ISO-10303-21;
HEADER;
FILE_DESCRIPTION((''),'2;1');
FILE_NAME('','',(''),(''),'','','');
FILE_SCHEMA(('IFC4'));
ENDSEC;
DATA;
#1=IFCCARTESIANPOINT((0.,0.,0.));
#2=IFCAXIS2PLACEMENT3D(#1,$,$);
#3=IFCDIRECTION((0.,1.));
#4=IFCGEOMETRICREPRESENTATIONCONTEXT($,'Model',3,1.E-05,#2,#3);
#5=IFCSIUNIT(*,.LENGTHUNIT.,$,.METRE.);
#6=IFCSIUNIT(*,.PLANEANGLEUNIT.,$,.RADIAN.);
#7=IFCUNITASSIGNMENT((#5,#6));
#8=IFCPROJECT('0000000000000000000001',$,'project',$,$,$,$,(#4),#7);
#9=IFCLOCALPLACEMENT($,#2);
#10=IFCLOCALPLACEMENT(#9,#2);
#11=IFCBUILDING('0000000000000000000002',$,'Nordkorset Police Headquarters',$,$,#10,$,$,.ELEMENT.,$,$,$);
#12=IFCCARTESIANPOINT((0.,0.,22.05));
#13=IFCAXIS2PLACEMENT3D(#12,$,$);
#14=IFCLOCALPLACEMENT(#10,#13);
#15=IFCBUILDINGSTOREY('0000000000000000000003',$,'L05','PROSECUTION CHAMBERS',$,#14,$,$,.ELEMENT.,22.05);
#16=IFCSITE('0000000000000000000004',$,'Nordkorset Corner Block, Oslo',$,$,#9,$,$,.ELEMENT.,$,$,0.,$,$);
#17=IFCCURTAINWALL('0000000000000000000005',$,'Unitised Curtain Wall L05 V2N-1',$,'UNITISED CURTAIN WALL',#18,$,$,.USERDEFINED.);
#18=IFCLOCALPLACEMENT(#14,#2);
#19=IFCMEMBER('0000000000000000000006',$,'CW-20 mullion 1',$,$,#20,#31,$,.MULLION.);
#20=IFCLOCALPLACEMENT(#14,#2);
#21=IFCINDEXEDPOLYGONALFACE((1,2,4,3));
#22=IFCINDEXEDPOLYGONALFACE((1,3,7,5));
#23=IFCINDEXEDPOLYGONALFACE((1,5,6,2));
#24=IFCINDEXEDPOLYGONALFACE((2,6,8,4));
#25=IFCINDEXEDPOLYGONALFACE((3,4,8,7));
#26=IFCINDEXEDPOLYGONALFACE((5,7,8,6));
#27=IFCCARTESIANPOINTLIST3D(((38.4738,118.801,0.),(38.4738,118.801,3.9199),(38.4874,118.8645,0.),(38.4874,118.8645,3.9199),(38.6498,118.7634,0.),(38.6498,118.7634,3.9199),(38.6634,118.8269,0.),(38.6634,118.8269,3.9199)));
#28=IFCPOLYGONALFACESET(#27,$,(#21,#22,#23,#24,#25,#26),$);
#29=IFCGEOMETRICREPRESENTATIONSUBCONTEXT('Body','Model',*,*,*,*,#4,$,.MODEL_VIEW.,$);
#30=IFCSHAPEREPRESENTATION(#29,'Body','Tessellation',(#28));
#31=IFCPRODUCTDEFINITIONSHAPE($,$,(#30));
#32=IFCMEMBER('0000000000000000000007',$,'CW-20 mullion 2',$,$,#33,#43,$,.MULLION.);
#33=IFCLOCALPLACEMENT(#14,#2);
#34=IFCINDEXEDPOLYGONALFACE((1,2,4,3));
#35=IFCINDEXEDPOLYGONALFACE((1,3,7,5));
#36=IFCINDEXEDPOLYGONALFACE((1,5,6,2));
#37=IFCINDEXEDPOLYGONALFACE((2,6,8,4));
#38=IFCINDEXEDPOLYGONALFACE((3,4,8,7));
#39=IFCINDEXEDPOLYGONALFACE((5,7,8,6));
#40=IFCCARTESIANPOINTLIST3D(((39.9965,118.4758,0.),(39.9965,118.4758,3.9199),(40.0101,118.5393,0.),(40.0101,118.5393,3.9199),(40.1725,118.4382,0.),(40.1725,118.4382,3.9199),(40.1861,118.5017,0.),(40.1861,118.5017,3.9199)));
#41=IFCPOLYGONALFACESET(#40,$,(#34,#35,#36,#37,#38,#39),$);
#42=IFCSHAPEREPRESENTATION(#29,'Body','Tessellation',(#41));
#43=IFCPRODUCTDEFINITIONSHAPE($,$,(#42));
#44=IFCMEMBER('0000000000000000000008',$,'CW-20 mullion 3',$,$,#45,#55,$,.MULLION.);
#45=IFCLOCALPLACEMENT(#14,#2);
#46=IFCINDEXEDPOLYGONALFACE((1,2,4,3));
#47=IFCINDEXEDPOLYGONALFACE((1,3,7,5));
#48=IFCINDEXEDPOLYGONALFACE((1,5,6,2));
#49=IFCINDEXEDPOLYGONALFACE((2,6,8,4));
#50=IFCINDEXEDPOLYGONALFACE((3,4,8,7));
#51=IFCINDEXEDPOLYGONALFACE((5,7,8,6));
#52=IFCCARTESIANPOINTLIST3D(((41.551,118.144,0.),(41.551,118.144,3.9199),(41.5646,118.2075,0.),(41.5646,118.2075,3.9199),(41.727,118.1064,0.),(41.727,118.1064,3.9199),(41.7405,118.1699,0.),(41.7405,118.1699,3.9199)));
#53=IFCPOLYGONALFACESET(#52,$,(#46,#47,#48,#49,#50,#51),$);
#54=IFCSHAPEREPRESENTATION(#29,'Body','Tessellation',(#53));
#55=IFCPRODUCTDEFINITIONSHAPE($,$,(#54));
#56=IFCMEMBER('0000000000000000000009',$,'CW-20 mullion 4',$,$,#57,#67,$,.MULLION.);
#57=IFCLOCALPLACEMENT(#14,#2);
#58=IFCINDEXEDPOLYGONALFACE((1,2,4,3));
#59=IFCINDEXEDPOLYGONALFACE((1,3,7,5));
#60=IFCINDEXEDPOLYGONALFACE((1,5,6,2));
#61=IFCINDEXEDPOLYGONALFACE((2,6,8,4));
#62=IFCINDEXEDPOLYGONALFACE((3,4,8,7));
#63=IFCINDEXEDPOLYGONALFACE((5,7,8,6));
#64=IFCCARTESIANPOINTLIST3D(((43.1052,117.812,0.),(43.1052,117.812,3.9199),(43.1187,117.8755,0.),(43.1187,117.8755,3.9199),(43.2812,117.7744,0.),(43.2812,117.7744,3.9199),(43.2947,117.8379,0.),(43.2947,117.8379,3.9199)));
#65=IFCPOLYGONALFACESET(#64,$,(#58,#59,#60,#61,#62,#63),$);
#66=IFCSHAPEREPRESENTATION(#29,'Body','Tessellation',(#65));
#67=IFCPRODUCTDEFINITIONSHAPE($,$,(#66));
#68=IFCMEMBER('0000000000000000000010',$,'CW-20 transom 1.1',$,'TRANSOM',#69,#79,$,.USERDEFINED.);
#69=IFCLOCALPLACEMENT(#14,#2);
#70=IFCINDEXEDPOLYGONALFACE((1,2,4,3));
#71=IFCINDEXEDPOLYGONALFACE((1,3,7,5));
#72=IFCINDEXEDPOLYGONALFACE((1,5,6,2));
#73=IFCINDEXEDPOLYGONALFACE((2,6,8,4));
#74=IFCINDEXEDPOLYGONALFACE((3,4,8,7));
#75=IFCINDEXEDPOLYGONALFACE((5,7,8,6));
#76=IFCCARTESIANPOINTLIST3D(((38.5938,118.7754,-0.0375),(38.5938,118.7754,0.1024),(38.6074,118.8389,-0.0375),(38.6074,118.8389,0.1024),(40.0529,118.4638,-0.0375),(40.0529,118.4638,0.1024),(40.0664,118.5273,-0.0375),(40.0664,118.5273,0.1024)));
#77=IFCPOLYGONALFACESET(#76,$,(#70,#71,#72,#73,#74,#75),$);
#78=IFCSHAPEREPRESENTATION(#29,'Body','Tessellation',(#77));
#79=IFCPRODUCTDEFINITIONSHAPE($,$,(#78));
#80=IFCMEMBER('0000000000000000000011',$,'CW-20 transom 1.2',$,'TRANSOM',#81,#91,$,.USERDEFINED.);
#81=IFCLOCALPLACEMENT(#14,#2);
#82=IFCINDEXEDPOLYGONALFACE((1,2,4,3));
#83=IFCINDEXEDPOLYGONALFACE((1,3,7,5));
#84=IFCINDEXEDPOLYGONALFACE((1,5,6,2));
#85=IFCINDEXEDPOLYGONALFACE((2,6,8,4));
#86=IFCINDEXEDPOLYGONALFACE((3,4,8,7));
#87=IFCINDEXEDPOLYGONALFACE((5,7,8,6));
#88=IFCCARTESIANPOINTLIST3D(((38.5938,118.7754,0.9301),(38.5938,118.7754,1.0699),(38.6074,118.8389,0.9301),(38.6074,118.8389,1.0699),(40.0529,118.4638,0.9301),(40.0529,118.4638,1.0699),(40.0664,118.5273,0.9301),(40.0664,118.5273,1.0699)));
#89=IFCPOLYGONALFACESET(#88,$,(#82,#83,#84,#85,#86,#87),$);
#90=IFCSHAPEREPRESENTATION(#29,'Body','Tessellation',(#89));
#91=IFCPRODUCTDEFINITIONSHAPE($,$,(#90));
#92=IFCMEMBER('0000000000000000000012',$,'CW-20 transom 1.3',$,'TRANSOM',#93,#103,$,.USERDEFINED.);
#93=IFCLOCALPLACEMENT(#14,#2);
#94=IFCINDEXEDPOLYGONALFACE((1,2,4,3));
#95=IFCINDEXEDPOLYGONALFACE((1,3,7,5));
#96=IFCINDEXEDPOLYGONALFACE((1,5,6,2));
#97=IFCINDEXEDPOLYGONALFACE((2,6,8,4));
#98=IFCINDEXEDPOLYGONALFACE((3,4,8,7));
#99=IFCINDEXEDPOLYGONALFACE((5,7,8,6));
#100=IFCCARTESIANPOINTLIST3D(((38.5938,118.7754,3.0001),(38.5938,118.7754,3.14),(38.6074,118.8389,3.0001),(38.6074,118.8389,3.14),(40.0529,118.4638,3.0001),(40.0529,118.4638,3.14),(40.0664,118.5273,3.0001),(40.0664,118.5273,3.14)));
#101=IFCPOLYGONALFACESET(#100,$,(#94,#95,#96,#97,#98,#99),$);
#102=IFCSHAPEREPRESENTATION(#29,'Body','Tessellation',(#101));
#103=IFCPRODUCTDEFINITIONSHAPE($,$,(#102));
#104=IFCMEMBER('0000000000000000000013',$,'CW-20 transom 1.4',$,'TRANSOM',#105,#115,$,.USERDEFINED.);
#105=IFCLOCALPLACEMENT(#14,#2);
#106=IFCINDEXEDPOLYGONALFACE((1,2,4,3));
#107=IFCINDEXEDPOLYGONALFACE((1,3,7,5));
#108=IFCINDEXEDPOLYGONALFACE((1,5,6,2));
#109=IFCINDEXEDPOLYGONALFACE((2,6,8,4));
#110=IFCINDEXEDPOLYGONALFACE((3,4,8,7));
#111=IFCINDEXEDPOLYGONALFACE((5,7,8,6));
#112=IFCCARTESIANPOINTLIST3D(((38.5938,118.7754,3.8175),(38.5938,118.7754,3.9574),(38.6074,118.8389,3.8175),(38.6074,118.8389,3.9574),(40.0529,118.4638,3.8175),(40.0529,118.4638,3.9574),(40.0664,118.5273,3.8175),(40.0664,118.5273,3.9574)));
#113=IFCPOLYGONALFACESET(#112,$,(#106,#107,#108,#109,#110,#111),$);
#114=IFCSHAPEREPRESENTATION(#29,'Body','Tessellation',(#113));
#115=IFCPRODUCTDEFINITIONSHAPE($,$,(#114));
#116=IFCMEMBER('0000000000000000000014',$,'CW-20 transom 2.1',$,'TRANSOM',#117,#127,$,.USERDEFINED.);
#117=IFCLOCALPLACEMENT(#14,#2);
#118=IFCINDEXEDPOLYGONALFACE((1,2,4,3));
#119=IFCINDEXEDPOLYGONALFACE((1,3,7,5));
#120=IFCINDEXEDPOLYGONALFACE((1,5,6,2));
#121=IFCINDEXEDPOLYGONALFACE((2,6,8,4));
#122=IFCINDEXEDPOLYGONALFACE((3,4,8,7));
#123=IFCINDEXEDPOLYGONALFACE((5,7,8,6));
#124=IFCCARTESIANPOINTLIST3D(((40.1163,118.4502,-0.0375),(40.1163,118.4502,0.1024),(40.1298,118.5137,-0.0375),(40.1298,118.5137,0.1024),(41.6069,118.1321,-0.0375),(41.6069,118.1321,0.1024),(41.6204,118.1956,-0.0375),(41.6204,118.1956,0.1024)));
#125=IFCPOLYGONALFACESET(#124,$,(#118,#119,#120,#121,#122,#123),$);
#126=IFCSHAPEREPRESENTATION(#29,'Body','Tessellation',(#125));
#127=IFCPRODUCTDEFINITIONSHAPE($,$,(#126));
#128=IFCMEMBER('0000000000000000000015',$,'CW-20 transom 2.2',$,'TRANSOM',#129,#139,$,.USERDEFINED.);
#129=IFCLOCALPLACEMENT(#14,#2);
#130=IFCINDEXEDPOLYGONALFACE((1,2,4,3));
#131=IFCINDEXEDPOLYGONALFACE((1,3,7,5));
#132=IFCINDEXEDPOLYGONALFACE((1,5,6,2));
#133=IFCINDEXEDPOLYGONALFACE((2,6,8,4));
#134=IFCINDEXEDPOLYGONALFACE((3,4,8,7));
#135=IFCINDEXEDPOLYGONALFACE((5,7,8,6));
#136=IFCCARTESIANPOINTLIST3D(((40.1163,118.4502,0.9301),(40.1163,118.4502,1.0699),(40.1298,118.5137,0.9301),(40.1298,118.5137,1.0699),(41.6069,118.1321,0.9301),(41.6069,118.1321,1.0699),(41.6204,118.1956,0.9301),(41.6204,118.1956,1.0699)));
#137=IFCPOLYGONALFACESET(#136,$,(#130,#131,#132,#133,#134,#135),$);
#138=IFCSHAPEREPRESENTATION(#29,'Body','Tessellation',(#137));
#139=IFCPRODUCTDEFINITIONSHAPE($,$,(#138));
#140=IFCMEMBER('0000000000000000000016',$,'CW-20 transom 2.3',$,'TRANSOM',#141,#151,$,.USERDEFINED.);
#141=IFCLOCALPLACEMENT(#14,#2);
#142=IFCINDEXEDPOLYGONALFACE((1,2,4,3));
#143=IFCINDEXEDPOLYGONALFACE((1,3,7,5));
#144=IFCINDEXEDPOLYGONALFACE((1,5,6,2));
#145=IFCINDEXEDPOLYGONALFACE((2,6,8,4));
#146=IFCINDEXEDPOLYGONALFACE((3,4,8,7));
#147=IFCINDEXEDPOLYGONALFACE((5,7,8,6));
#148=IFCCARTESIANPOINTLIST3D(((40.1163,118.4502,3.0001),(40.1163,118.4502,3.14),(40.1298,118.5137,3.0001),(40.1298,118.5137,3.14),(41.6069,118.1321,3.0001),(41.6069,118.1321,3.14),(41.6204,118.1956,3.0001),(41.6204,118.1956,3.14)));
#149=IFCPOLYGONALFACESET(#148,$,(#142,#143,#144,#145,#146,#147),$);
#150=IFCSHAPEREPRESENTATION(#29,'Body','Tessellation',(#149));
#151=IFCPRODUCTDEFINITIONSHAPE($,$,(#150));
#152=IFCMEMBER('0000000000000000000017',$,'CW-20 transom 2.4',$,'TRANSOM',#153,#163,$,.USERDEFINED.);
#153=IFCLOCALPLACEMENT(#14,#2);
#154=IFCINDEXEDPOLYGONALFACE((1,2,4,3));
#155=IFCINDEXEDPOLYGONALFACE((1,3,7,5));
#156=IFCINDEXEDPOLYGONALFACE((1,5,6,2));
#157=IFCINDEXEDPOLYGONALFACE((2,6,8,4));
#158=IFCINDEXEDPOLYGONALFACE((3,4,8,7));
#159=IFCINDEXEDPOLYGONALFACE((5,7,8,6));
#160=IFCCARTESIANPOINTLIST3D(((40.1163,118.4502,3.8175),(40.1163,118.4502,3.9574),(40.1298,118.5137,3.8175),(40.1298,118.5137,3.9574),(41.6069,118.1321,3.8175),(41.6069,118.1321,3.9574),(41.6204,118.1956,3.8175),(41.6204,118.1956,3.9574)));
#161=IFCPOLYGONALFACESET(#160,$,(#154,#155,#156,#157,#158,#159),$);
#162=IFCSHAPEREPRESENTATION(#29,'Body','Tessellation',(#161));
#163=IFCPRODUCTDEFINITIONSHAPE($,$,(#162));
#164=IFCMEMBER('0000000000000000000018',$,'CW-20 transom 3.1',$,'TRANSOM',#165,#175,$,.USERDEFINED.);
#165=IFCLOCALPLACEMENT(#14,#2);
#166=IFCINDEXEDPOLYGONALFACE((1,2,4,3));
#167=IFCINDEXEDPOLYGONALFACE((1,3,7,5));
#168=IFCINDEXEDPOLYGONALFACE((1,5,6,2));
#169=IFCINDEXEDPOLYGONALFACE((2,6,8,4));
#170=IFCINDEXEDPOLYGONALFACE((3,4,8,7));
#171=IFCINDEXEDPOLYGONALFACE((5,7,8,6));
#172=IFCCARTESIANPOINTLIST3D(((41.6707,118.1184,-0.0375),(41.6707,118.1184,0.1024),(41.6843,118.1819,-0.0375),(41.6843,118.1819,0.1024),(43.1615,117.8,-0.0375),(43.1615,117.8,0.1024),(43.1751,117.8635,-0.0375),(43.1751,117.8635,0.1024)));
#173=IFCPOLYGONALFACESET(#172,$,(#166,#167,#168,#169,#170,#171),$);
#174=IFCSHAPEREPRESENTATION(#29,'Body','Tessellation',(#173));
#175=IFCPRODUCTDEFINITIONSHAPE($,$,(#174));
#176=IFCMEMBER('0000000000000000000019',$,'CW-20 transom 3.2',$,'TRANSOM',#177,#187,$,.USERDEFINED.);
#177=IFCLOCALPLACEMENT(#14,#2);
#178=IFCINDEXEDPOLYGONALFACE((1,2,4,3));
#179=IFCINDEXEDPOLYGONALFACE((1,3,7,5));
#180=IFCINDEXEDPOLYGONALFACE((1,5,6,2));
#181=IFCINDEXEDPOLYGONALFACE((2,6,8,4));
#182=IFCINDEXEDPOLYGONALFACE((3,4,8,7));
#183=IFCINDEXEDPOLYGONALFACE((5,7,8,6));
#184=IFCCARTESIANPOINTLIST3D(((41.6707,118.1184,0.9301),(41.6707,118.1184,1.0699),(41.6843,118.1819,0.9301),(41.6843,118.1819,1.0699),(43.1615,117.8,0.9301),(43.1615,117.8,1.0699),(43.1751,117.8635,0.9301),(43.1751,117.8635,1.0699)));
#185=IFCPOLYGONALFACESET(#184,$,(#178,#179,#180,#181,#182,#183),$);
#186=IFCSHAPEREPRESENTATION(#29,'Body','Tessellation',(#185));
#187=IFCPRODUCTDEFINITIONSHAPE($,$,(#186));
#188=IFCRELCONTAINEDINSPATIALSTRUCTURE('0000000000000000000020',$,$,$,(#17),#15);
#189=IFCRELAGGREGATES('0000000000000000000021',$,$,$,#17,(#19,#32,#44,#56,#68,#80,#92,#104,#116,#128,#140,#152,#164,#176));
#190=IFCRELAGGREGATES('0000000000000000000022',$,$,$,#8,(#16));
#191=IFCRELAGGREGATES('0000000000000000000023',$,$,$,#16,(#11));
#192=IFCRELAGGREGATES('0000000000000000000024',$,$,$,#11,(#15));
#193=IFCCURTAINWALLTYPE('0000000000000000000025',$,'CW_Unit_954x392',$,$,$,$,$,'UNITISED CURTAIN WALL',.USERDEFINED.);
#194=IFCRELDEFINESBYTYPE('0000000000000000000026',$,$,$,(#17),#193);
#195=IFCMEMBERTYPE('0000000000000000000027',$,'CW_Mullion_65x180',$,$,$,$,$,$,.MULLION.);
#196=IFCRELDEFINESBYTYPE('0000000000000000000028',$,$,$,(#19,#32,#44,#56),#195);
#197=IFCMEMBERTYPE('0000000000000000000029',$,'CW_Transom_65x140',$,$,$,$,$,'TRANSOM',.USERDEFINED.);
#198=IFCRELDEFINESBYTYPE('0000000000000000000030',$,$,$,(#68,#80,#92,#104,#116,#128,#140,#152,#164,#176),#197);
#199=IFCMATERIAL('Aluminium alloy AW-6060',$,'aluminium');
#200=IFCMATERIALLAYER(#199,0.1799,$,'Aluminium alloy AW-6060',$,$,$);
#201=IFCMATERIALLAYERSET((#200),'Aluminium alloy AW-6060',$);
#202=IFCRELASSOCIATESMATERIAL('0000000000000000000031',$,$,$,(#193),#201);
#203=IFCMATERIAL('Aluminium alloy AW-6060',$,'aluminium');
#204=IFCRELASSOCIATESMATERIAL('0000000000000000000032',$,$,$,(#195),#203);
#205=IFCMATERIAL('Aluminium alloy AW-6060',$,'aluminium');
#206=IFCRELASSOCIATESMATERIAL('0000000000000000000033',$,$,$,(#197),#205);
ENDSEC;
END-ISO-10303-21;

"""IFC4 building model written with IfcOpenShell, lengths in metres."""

from ifc_helpers import new_model, si_unit, direction, frame, origin, origin_2d, place, context, subcontext, project, spatial, rectangle, extrude, material, layer, layer_set, material_profile, profile_set, type_object, element, aggregate, save


model = new_model("IFC4")

# Units and contexts
model_context = context("Model", 3, precision=1e-05, world=origin(), true_north=direction((0.0, 1.0)))
body_context = subcontext(model_context, "Body", "Model", "MODEL_VIEW")
ifc_project = project(units=[si_unit("LENGTHUNIT", "METRE"), si_unit("PLANEANGLEUNIT", "RADIAN")], contexts=[model_context])

# Site, building, storey
site_placement = place(None, origin())
site = spatial("IfcSite", under=ifc_project, at=site_placement, Name="Nordkorset Corner Block, Oslo", CompositionType="ELEMENT", RefElevation=0.0)
building_placement = place(site_placement, origin())
building = spatial("IfcBuilding", under=site, at=building_placement, Name="Nordkorset Police Headquarters", CompositionType="ELEMENT")
storey_placement = place(building_placement, frame((0.0, 0.0, 22.05)))
storey = spatial("IfcBuildingStorey", under=building, at=storey_placement, Name="L05", Description="PROSECUTION CHAMBERS", CompositionType="ELEMENT", Elevation=22.05)

# Curtain wall, members
ifc_material_1 = material(Name="Aluminium alloy AW-6060", Category="aluminium")
ifc_layer_1 = layer(ifc_material_1, 0.1799, Name="Aluminium alloy AW-6060")
ifc_layer_set_1 = layer_set([ifc_layer_1], Name="Aluminium alloy AW-6060")
curtain_wall_type = type_object("IfcCurtainWallType", Name="CW_Unit_954x392", ElementType="UNITISED CURTAIN WALL", PredefinedType="USERDEFINED", material=ifc_layer_set_1)
curtain_wall_placement = place(storey_placement, origin())
curtain_wall = element("IfcCurtainWall", 1, at=curtain_wall_placement, inside=storey, type_object=curtain_wall_type, Name="Unitised Curtain Wall L05 V2N-1", ObjectType="UNITISED CURTAIN WALL", PredefinedType="USERDEFINED")
ifc_material_2 = material(Name="Aluminium alloy AW-6060", Category="aluminium")
ifc_material_profile_1 = material_profile(ifc_material_2, rectangle(XDim=0.0649, YDim=0.1799, at=origin_2d()), Name="ALU MULL 65x180")
ifc_profile_set_1 = profile_set([ifc_material_profile_1], Name="Aluminium alloy AW-6060")
member_type_1 = type_object("IfcMemberType", Name="CW_Mullion_65x180", PredefinedType="MULLION", material=ifc_profile_set_1)
member_1_placement = place(storey_placement, frame((38.5686, 118.814, 0.0), z_axis=(0.0, 0.0, 1.0), x_axis=(0.208833, 0.977951, 0.0)))
member_1 = element("IfcMember", 2, at=member_1_placement, type_object=member_type_1, Name="CW-20 mullion 1", PredefinedType="MULLION", context=body_context, shape_type="SweptSolid", body=[
    extrude(rectangle(XDim=0.0649, YDim=0.1799, at=origin_2d()), origin(), (0.0, 0.0, 1.0), 3.9199),
])
member_2_placement = place(storey_placement, frame((40.0913, 118.4888, 0.0), z_axis=(0.0, 0.0, 1.0), x_axis=(0.208833, 0.977951, 0.0)))
member_2 = element("IfcMember", 3, at=member_2_placement, type_object=member_type_1, Name="CW-20 mullion 2", PredefinedType="MULLION", context=body_context, shape_type="SweptSolid", body=[
    extrude(rectangle(XDim=0.0649, YDim=0.1799, at=origin_2d()), origin(), (0.0, 0.0, 1.0), 3.9199),
])
member_3_placement = place(storey_placement, frame((41.6458, 118.157, 0.0), z_axis=(0.0, 0.0, 1.0), x_axis=(0.208833, 0.977951, 0.0)))
member_3 = element("IfcMember", 4, at=member_3_placement, type_object=member_type_1, Name="CW-20 mullion 3", PredefinedType="MULLION", context=body_context, shape_type="SweptSolid", body=[
    extrude(rectangle(XDim=0.0649, YDim=0.1799, at=origin_2d()), origin(), (0.0, 0.0, 1.0), 3.9199),
])
member_4_placement = place(storey_placement, frame((43.2, 117.825, 0.0), z_axis=(0.0, 0.0, 1.0), x_axis=(0.208833, 0.977951, 0.0)))
member_4 = element("IfcMember", 5, at=member_4_placement, type_object=member_type_1, Name="CW-20 mullion 4", PredefinedType="MULLION", context=body_context, shape_type="SweptSolid", body=[
    extrude(rectangle(XDim=0.0649, YDim=0.1799, at=origin_2d()), origin(), (0.0, 0.0, 1.0), 3.9199),
])
ifc_material_3 = material(Name="Aluminium alloy AW-6060", Category="aluminium")
ifc_material_profile_2 = material_profile(ifc_material_3, rectangle(XDim=0.0649, YDim=0.1399, at=origin_2d()), Name="ALU TRAN 65x140")
ifc_profile_set_2 = profile_set([ifc_material_profile_2], Name="Aluminium alloy AW-6060")
member_type_2 = type_object("IfcMemberType", Name="CW_Transom_65x140", ElementType="TRANSOM", PredefinedType="USERDEFINED", material=ifc_profile_set_2)
member_5_placement = place(storey_placement, frame((38.6006, 118.8071, 0.0325), z_axis=(0.977955, -0.208814, 0.0), x_axis=(0.208814, 0.977955, 0.0)))
member_5 = element("IfcMember", 6, at=member_5_placement, type_object=member_type_2, Name="CW-20 transom 1.1", ObjectType="TRANSOM", PredefinedType="USERDEFINED", context=body_context, shape_type="SweptSolid", body=[
    extrude(rectangle(XDim=0.0649, YDim=0.1399, at=origin_2d()), origin(), (0.0, 0.0, 1.0), 1.4919),
])
member_6_placement = place(storey_placement, frame((38.6006, 118.8071, 1.0), z_axis=(0.977955, -0.208814, 0.0), x_axis=(0.208814, 0.977955, 0.0)))
member_6 = element("IfcMember", 7, at=member_6_placement, type_object=member_type_2, Name="CW-20 transom 1.2", ObjectType="TRANSOM", PredefinedType="USERDEFINED", context=body_context, shape_type="SweptSolid", body=[
    extrude(rectangle(XDim=0.0649, YDim=0.1399, at=origin_2d()), origin(), (0.0, 0.0, 1.0), 1.4919),
])
member_7_placement = place(storey_placement, frame((38.6006, 118.8071, 3.0701), z_axis=(0.977955, -0.208814, 0.0), x_axis=(0.208814, 0.977955, 0.0)))
member_7 = element("IfcMember", 8, at=member_7_placement, type_object=member_type_2, Name="CW-20 transom 1.3", ObjectType="TRANSOM", PredefinedType="USERDEFINED", context=body_context, shape_type="SweptSolid", body=[
    extrude(rectangle(XDim=0.0649, YDim=0.1399, at=origin_2d()), origin(), (0.0, 0.0, 1.0), 1.4919),
])
member_8_placement = place(storey_placement, frame((38.6006, 118.8071, 3.8875), z_axis=(0.977955, -0.208814, 0.0), x_axis=(0.208814, 0.977955, 0.0)))
member_8 = element("IfcMember", 9, at=member_8_placement, type_object=member_type_2, Name="CW-20 transom 1.4", ObjectType="TRANSOM", PredefinedType="USERDEFINED", context=body_context, shape_type="SweptSolid", body=[
    extrude(rectangle(XDim=0.0649, YDim=0.1399, at=origin_2d()), origin(), (0.0, 0.0, 1.0), 1.4919),
])
member_9_placement = place(storey_placement, frame((40.123, 118.4819, 0.0325), z_axis=(0.97798, -0.208698, 0.0), x_axis=(0.208698, 0.97798, 0.0)))
member_9 = element("IfcMember", 10, at=member_9_placement, type_object=member_type_2, Name="CW-20 transom 2.1", ObjectType="TRANSOM", PredefinedType="USERDEFINED", context=body_context, shape_type="SweptSolid", body=[
    extrude(rectangle(XDim=0.0649, YDim=0.1399, at=origin_2d()), origin(), (0.0, 0.0, 1.0), 1.5242),
])
member_10_placement = place(storey_placement, frame((40.123, 118.4819, 1.0), z_axis=(0.97798, -0.208698, 0.0), x_axis=(0.208698, 0.97798, 0.0)))
member_10 = element("IfcMember", 11, at=member_10_placement, type_object=member_type_2, Name="CW-20 transom 2.2", ObjectType="TRANSOM", PredefinedType="USERDEFINED", context=body_context, shape_type="SweptSolid", body=[
    extrude(rectangle(XDim=0.0649, YDim=0.1399, at=origin_2d()), origin(), (0.0, 0.0, 1.0), 1.5242),
])
member_11_placement = place(storey_placement, frame((40.123, 118.4819, 3.0701), z_axis=(0.97798, -0.208698, 0.0), x_axis=(0.208698, 0.97798, 0.0)))
member_11 = element("IfcMember", 12, at=member_11_placement, type_object=member_type_2, Name="CW-20 transom 2.3", ObjectType="TRANSOM", PredefinedType="USERDEFINED", context=body_context, shape_type="SweptSolid", body=[
    extrude(rectangle(XDim=0.0649, YDim=0.1399, at=origin_2d()), origin(), (0.0, 0.0, 1.0), 1.5242),
])
member_12_placement = place(storey_placement, frame((40.123, 118.4819, 3.8875), z_axis=(0.97798, -0.208698, 0.0), x_axis=(0.208698, 0.97798, 0.0)))
member_12 = element("IfcMember", 13, at=member_12_placement, type_object=member_type_2, Name="CW-20 transom 2.4", ObjectType="TRANSOM", PredefinedType="USERDEFINED", context=body_context, shape_type="SweptSolid", body=[
    extrude(rectangle(XDim=0.0649, YDim=0.1399, at=origin_2d()), origin(), (0.0, 0.0, 1.0), 1.5242),
])
member_13_placement = place(storey_placement, frame((41.6775, 118.1501, 0.0325), z_axis=(0.977947, -0.208851, 0.0), x_axis=(0.208851, 0.977947, 0.0)))
member_13 = element("IfcMember", 14, at=member_13_placement, type_object=member_type_2, Name="CW-20 transom 3.1", ObjectType="TRANSOM", PredefinedType="USERDEFINED", context=body_context, shape_type="SweptSolid", body=[
    extrude(rectangle(XDim=0.0649, YDim=0.1399, at=origin_2d()), origin(), (0.0, 0.0, 1.0), 1.5244),
])
member_14_placement = place(storey_placement, frame((41.6775, 118.1501, 1.0), z_axis=(0.977947, -0.208851, 0.0), x_axis=(0.208851, 0.977947, 0.0)))
member_14 = element("IfcMember", 15, at=member_14_placement, type_object=member_type_2, Name="CW-20 transom 3.2", ObjectType="TRANSOM", PredefinedType="USERDEFINED", context=body_context, shape_type="SweptSolid", body=[
    extrude(rectangle(XDim=0.0649, YDim=0.1399, at=origin_2d()), origin(), (0.0, 0.0, 1.0), 1.5244),
])

aggregate(curtain_wall, [member_1, member_2, member_3, member_4, member_5, member_6, member_7, member_8, member_9, member_10, member_11, member_12, member_13, member_14])

save(model, "model.ifc")
